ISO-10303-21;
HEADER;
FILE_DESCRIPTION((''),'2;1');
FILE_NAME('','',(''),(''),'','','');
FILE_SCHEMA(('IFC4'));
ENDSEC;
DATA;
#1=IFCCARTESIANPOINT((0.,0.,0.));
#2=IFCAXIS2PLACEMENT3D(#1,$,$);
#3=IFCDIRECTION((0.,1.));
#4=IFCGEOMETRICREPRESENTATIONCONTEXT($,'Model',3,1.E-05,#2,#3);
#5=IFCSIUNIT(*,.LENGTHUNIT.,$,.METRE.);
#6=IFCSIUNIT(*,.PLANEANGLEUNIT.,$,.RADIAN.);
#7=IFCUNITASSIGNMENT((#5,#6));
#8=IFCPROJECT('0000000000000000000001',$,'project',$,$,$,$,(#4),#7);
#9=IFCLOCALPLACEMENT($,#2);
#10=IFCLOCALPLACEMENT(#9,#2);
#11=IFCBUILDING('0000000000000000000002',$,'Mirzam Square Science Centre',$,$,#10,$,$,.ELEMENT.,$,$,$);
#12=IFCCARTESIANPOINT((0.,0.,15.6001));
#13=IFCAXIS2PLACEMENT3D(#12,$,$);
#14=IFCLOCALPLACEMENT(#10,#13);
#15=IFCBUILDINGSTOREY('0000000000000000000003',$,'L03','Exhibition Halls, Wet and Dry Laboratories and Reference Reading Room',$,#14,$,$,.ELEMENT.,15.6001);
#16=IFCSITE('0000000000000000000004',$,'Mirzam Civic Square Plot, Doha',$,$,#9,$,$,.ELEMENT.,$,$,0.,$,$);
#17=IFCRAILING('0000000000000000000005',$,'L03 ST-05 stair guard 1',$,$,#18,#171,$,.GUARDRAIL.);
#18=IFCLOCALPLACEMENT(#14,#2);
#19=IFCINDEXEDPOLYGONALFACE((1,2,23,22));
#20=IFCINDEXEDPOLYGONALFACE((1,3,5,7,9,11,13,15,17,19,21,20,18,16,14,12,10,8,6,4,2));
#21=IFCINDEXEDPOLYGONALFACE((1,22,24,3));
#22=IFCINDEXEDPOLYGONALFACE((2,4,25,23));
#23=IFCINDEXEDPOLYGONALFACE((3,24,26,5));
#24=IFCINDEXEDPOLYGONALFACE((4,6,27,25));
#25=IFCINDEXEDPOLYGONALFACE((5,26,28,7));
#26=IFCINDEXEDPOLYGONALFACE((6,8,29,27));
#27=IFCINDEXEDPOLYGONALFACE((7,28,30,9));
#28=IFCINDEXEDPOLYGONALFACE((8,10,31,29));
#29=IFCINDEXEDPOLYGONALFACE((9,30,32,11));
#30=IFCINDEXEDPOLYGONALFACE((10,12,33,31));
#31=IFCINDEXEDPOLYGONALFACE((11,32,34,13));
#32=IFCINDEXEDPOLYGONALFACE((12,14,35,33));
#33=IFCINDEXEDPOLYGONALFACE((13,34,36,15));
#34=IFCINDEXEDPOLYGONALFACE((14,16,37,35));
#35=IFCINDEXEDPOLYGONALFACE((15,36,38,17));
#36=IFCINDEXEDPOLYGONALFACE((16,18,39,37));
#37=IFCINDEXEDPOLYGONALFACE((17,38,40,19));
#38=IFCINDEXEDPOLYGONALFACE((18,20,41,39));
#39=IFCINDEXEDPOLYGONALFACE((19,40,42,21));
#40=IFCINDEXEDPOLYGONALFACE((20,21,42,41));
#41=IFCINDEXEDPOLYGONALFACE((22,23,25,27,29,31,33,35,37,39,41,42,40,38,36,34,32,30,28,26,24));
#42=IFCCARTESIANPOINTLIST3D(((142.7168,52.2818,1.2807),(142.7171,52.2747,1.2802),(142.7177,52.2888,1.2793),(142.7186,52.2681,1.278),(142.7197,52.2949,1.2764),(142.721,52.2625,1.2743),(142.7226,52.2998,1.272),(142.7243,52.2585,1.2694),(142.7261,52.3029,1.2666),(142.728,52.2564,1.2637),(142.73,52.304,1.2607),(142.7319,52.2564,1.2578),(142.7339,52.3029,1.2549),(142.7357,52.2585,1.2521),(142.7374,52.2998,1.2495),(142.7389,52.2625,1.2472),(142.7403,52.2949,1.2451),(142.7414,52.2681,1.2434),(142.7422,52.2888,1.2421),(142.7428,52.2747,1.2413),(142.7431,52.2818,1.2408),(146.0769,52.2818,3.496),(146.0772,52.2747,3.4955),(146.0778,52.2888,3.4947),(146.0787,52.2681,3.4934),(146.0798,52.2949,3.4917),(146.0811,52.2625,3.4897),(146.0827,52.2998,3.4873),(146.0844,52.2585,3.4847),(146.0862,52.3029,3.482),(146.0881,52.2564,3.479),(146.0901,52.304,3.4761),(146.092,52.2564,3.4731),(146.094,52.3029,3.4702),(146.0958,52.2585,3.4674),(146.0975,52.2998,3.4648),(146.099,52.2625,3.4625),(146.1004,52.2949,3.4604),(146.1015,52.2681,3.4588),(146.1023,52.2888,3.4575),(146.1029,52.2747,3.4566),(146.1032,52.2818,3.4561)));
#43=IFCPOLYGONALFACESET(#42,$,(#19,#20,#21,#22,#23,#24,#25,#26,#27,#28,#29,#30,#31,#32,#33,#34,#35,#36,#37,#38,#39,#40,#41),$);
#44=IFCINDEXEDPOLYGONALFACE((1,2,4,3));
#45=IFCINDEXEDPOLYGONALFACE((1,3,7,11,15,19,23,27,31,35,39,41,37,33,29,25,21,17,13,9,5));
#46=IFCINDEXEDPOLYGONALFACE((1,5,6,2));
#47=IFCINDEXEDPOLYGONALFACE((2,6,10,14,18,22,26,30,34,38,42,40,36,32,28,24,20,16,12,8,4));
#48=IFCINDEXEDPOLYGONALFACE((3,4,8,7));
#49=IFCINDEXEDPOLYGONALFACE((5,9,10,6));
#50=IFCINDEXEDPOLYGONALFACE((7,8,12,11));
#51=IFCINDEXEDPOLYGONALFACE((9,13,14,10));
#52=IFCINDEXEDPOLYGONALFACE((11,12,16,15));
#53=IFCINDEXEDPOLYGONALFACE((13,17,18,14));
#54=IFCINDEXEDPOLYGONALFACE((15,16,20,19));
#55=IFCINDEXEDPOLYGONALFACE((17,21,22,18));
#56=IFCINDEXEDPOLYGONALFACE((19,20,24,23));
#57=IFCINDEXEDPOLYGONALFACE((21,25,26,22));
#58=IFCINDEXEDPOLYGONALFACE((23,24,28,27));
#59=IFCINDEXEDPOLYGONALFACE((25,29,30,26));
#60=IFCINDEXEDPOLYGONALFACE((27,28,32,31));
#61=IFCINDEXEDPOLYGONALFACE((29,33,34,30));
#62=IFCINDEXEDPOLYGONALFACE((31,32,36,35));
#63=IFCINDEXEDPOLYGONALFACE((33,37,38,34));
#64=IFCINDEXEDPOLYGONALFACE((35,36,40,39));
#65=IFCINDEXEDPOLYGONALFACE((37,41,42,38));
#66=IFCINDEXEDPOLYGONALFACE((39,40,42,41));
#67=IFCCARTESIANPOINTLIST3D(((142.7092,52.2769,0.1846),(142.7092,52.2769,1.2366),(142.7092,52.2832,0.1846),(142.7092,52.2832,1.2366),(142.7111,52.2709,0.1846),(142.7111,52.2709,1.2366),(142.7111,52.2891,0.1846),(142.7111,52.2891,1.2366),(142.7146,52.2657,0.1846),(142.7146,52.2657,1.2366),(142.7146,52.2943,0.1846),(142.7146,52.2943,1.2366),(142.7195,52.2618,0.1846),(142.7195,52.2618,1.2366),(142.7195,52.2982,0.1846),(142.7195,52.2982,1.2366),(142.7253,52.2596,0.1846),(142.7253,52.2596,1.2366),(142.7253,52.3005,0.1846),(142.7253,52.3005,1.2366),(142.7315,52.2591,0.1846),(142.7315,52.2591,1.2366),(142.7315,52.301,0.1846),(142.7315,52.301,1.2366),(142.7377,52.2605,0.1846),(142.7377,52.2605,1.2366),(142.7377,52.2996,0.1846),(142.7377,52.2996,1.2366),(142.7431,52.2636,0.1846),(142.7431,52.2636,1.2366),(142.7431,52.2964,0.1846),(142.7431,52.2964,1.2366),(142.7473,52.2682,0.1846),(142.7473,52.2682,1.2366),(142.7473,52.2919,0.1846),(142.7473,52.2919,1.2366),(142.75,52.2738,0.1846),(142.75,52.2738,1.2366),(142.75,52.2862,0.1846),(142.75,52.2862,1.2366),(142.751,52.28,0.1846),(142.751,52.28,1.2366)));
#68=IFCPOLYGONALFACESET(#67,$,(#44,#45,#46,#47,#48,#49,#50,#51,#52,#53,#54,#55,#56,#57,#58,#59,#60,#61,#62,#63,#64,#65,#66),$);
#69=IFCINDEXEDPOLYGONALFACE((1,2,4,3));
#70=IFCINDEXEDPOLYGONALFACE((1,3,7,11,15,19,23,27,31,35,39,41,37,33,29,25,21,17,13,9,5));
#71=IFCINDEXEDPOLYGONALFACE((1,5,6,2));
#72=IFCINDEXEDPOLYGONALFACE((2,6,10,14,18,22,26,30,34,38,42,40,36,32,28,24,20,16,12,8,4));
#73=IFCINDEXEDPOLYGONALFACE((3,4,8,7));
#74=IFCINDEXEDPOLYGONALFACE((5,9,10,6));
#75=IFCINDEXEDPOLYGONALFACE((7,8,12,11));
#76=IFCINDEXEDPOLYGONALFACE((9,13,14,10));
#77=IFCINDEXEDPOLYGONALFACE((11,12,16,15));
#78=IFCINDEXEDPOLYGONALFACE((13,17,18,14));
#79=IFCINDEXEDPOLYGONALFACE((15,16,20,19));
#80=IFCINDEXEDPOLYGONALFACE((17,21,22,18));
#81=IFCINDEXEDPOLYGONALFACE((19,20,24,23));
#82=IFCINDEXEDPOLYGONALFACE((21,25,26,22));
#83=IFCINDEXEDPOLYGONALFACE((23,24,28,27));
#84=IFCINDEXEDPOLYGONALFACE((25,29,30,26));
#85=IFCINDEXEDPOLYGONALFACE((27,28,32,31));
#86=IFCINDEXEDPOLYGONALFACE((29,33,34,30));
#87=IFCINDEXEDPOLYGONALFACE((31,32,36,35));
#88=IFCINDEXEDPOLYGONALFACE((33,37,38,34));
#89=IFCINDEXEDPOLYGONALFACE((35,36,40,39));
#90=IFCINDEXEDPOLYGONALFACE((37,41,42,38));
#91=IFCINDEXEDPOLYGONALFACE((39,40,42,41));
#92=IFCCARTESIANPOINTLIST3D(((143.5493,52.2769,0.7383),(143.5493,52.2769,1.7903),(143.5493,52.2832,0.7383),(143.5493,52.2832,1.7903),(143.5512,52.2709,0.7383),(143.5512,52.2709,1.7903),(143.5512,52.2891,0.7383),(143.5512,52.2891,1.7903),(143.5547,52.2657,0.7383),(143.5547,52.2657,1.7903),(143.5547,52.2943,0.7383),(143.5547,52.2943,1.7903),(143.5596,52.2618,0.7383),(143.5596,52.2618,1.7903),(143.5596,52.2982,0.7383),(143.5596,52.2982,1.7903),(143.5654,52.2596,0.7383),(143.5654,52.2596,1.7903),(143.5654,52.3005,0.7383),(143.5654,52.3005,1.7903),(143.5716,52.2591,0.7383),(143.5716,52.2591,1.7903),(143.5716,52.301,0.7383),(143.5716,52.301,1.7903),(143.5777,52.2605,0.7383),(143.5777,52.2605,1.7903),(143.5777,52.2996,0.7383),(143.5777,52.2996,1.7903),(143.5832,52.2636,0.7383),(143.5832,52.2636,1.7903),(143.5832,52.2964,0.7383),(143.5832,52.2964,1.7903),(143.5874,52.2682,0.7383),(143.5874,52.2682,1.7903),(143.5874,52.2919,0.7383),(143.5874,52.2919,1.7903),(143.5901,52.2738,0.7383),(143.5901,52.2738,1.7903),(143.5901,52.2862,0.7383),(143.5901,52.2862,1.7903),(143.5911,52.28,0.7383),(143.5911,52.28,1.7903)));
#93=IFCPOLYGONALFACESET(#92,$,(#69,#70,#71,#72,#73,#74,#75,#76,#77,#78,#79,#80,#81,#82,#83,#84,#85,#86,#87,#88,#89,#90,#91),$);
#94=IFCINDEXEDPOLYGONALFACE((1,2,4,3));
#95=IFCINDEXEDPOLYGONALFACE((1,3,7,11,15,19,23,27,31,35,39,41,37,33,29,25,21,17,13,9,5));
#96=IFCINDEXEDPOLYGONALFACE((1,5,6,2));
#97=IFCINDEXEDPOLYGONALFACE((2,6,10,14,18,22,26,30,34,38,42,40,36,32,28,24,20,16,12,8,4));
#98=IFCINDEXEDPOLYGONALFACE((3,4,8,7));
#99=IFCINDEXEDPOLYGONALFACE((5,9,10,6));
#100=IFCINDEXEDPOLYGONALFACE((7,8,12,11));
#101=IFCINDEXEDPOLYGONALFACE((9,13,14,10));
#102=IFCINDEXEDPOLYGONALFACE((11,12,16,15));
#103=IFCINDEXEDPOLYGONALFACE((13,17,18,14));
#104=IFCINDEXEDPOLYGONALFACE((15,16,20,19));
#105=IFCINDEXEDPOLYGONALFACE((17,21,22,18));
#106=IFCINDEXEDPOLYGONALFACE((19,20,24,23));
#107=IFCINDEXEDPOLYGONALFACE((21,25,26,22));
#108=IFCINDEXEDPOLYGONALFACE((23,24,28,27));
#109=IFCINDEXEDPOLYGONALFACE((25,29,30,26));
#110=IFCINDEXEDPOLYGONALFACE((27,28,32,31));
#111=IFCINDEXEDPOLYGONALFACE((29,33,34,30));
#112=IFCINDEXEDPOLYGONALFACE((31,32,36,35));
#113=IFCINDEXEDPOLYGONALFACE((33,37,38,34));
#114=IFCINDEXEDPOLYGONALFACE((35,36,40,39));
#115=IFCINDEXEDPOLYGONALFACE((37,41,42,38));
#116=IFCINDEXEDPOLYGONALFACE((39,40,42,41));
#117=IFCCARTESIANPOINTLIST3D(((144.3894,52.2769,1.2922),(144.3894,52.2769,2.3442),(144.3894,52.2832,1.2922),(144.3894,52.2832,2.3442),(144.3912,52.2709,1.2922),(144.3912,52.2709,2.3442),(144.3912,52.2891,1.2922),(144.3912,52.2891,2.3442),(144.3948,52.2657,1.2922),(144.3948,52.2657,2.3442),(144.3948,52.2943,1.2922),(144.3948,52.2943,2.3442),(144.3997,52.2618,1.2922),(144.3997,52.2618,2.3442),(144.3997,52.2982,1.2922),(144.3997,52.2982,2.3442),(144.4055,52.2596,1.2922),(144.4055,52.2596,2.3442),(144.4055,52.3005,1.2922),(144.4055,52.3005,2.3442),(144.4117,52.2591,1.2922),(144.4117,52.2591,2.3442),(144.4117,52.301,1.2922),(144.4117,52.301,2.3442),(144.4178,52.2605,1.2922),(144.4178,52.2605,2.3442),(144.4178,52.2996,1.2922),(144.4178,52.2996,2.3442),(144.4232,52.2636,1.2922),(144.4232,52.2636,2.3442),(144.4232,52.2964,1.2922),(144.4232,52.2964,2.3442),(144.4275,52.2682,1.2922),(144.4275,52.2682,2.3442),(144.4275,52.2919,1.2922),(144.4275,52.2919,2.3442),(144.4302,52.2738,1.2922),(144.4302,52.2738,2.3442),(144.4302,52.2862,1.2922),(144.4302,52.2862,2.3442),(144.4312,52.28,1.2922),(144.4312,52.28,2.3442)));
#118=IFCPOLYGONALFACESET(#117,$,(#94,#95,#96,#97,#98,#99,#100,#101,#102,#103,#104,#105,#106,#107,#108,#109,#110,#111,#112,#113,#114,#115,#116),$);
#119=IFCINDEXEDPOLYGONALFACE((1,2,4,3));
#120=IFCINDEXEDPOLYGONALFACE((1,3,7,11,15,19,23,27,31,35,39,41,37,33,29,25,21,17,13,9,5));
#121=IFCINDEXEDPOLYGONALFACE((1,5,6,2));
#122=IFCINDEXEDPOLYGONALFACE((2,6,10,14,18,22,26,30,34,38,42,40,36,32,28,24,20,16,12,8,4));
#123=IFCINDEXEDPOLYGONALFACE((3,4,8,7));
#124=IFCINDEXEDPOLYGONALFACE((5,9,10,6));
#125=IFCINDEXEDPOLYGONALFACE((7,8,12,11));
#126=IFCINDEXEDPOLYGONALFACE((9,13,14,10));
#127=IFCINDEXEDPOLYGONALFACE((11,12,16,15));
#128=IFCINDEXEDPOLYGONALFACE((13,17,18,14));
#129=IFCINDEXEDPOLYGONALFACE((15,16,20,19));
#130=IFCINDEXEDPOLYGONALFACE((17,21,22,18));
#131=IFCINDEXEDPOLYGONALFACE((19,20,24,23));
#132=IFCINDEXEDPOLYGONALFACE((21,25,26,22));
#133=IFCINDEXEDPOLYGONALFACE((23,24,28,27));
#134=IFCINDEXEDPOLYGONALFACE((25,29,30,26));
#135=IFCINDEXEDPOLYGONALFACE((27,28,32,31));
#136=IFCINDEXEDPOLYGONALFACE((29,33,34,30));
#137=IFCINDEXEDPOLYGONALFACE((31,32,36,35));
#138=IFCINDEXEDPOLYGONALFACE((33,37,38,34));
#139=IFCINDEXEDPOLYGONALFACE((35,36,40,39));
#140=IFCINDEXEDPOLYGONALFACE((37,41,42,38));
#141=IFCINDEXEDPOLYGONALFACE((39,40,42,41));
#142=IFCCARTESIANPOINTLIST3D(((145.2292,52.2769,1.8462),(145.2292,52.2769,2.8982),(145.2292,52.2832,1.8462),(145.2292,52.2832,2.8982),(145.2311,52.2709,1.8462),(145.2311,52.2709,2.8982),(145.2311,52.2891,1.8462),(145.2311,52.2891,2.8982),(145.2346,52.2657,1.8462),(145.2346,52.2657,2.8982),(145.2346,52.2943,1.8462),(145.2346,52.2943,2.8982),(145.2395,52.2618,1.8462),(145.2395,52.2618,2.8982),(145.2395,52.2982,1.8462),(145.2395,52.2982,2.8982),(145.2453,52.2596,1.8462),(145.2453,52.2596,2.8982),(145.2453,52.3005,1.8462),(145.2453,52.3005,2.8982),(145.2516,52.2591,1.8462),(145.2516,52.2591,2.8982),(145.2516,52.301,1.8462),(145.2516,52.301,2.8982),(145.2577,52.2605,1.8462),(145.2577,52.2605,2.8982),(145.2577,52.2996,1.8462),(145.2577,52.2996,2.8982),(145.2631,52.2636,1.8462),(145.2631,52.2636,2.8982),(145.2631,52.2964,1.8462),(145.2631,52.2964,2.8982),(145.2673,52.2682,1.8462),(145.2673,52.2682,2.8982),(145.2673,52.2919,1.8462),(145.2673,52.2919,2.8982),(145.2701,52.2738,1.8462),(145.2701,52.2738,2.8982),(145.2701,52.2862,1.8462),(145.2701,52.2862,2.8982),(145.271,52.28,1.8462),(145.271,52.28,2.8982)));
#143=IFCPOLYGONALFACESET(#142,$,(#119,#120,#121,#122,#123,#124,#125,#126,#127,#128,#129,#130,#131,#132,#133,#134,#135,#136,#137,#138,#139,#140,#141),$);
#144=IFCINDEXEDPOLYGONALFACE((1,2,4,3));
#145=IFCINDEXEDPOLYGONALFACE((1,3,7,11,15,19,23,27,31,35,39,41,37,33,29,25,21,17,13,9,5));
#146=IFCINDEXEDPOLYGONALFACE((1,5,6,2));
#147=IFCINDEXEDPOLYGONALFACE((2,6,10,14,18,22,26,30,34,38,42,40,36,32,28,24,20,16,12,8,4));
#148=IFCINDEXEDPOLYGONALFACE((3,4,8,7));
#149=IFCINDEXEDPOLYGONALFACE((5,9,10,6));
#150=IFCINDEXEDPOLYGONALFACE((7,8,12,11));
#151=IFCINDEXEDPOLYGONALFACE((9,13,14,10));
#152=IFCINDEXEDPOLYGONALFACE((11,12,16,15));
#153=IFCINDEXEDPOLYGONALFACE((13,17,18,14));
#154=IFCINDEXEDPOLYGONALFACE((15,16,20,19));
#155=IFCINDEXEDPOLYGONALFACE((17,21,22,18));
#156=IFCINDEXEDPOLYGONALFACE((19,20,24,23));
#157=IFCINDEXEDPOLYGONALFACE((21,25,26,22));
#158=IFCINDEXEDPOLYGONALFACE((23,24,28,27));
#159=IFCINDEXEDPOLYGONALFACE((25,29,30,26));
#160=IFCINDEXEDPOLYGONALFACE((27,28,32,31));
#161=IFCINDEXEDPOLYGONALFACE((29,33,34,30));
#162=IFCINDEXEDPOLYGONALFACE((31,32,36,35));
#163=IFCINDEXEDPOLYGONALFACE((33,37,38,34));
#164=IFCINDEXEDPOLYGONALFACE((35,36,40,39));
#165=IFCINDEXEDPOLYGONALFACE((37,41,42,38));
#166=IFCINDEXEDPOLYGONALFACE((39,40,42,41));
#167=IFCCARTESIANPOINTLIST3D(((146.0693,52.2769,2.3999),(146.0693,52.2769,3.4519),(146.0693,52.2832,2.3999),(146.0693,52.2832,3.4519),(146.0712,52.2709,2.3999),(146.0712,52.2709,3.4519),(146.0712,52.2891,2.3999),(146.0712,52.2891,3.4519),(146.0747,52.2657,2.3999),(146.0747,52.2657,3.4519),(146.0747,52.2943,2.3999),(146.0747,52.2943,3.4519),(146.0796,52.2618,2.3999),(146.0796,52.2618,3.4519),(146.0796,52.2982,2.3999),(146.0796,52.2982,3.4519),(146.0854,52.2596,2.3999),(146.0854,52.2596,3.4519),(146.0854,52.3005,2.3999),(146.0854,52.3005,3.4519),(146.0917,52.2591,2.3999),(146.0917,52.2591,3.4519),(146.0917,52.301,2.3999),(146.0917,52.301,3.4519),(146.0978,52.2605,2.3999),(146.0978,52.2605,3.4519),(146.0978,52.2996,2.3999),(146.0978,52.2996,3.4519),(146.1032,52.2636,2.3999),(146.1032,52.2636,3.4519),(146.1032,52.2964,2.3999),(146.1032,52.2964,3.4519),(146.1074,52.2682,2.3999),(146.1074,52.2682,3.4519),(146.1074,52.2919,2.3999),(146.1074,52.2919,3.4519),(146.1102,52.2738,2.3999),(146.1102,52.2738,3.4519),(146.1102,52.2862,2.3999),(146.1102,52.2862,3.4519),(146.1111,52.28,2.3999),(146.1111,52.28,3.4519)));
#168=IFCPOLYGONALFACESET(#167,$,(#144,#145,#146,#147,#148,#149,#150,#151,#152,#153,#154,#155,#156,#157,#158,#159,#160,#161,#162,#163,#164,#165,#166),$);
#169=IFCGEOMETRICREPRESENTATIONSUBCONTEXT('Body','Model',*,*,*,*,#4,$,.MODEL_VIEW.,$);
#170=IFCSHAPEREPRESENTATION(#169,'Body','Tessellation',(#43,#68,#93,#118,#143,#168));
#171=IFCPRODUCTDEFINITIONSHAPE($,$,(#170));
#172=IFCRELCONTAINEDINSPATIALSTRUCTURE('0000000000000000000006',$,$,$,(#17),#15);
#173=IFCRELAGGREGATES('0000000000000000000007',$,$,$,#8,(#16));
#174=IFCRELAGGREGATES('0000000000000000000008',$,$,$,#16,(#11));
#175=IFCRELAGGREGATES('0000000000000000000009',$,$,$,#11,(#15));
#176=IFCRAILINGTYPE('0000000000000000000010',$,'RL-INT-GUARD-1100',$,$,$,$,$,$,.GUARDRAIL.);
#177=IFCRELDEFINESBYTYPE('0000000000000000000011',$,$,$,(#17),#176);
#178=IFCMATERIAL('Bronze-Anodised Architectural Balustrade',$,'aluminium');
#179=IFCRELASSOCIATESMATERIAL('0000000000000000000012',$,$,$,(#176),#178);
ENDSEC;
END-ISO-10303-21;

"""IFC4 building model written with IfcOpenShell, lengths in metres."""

from ifc_helpers import new_model, si_unit, direction, frame, origin, origin_2d, place, context, subcontext, project, spatial, circle, extrude, material, type_object, element, save


model = new_model("IFC4")

# Units and contexts
model_context = context("Model", 3, precision=1e-05, world=origin(), true_north=direction((0.0, 1.0)))
body_context = subcontext(model_context, "Body", "Model", "MODEL_VIEW")
ifc_project = project(units=[si_unit("LENGTHUNIT", "METRE"), si_unit("PLANEANGLEUNIT", "RADIAN")], contexts=[model_context])

# Site, building, storey
site_placement = place(None, origin())
site = spatial("IfcSite", under=ifc_project, at=site_placement, Name="Mirzam Civic Square Plot, Doha", CompositionType="ELEMENT", RefElevation=0.0)
building_placement = place(site_placement, origin())
building = spatial("IfcBuilding", under=site, at=building_placement, Name="Mirzam Square Science Centre", CompositionType="ELEMENT")
storey_placement = place(building_placement, frame((0.0, 0.0, 15.6001)))
storey = spatial("IfcBuildingStorey", under=building, at=storey_placement, Name="L03", Description="Exhibition Halls, Wet and Dry Laboratories and Reference Reading Room", CompositionType="ELEMENT", Elevation=15.6001)

# Railing
ifc_material_1 = material(Name="Bronze-Anodised Architectural Balustrade", Category="aluminium")
railing_type_1 = type_object("IfcRailingType", Name="RL-INT-GUARD-1100", PredefinedType="GUARDRAIL", material=ifc_material_1)
railing_1_placement = place(storey_placement, frame((142.73, 52.28, 0.1846)))
element("IfcRailing", 1, at=railing_1_placement, inside=storey, type_object=railing_type_1, Name="L03 ST-05 stair guard 1", PredefinedType="GUARDRAIL", context=body_context, shape_type="SweptSolid", body=[
    extrude(circle(Radius=0.0239, at=origin_2d()), frame((0.0, 0.0, 1.0762), z_axis=(0.834876, 0.0, 0.550437), x_axis=(0.0, 1.0, 0.0)), (0.0, 0.0, 1.0), 4.0247),
    extrude(circle(Radius=0.021, at=origin_2d()), origin(), (0.0, 0.0, 1.0), 1.052),
    extrude(circle(Radius=0.021, at=origin_2d()), frame((0.8401, 0.0, 0.5537)), (0.0, 0.0, 1.0), 1.052),
    extrude(circle(Radius=0.021, at=origin_2d()), frame((1.6802, 0.0, 1.1077)), (0.0, 0.0, 1.0), 1.052),
    extrude(circle(Radius=0.021, at=origin_2d()), frame((2.52, 0.0, 1.6616)), (0.0, 0.0, 1.0), 1.052),
    extrude(circle(Radius=0.021, at=origin_2d()), frame((3.3601, 0.0, 2.2153)), (0.0, 0.0, 1.0), 1.052),
])

save(model, "model.ifc")
